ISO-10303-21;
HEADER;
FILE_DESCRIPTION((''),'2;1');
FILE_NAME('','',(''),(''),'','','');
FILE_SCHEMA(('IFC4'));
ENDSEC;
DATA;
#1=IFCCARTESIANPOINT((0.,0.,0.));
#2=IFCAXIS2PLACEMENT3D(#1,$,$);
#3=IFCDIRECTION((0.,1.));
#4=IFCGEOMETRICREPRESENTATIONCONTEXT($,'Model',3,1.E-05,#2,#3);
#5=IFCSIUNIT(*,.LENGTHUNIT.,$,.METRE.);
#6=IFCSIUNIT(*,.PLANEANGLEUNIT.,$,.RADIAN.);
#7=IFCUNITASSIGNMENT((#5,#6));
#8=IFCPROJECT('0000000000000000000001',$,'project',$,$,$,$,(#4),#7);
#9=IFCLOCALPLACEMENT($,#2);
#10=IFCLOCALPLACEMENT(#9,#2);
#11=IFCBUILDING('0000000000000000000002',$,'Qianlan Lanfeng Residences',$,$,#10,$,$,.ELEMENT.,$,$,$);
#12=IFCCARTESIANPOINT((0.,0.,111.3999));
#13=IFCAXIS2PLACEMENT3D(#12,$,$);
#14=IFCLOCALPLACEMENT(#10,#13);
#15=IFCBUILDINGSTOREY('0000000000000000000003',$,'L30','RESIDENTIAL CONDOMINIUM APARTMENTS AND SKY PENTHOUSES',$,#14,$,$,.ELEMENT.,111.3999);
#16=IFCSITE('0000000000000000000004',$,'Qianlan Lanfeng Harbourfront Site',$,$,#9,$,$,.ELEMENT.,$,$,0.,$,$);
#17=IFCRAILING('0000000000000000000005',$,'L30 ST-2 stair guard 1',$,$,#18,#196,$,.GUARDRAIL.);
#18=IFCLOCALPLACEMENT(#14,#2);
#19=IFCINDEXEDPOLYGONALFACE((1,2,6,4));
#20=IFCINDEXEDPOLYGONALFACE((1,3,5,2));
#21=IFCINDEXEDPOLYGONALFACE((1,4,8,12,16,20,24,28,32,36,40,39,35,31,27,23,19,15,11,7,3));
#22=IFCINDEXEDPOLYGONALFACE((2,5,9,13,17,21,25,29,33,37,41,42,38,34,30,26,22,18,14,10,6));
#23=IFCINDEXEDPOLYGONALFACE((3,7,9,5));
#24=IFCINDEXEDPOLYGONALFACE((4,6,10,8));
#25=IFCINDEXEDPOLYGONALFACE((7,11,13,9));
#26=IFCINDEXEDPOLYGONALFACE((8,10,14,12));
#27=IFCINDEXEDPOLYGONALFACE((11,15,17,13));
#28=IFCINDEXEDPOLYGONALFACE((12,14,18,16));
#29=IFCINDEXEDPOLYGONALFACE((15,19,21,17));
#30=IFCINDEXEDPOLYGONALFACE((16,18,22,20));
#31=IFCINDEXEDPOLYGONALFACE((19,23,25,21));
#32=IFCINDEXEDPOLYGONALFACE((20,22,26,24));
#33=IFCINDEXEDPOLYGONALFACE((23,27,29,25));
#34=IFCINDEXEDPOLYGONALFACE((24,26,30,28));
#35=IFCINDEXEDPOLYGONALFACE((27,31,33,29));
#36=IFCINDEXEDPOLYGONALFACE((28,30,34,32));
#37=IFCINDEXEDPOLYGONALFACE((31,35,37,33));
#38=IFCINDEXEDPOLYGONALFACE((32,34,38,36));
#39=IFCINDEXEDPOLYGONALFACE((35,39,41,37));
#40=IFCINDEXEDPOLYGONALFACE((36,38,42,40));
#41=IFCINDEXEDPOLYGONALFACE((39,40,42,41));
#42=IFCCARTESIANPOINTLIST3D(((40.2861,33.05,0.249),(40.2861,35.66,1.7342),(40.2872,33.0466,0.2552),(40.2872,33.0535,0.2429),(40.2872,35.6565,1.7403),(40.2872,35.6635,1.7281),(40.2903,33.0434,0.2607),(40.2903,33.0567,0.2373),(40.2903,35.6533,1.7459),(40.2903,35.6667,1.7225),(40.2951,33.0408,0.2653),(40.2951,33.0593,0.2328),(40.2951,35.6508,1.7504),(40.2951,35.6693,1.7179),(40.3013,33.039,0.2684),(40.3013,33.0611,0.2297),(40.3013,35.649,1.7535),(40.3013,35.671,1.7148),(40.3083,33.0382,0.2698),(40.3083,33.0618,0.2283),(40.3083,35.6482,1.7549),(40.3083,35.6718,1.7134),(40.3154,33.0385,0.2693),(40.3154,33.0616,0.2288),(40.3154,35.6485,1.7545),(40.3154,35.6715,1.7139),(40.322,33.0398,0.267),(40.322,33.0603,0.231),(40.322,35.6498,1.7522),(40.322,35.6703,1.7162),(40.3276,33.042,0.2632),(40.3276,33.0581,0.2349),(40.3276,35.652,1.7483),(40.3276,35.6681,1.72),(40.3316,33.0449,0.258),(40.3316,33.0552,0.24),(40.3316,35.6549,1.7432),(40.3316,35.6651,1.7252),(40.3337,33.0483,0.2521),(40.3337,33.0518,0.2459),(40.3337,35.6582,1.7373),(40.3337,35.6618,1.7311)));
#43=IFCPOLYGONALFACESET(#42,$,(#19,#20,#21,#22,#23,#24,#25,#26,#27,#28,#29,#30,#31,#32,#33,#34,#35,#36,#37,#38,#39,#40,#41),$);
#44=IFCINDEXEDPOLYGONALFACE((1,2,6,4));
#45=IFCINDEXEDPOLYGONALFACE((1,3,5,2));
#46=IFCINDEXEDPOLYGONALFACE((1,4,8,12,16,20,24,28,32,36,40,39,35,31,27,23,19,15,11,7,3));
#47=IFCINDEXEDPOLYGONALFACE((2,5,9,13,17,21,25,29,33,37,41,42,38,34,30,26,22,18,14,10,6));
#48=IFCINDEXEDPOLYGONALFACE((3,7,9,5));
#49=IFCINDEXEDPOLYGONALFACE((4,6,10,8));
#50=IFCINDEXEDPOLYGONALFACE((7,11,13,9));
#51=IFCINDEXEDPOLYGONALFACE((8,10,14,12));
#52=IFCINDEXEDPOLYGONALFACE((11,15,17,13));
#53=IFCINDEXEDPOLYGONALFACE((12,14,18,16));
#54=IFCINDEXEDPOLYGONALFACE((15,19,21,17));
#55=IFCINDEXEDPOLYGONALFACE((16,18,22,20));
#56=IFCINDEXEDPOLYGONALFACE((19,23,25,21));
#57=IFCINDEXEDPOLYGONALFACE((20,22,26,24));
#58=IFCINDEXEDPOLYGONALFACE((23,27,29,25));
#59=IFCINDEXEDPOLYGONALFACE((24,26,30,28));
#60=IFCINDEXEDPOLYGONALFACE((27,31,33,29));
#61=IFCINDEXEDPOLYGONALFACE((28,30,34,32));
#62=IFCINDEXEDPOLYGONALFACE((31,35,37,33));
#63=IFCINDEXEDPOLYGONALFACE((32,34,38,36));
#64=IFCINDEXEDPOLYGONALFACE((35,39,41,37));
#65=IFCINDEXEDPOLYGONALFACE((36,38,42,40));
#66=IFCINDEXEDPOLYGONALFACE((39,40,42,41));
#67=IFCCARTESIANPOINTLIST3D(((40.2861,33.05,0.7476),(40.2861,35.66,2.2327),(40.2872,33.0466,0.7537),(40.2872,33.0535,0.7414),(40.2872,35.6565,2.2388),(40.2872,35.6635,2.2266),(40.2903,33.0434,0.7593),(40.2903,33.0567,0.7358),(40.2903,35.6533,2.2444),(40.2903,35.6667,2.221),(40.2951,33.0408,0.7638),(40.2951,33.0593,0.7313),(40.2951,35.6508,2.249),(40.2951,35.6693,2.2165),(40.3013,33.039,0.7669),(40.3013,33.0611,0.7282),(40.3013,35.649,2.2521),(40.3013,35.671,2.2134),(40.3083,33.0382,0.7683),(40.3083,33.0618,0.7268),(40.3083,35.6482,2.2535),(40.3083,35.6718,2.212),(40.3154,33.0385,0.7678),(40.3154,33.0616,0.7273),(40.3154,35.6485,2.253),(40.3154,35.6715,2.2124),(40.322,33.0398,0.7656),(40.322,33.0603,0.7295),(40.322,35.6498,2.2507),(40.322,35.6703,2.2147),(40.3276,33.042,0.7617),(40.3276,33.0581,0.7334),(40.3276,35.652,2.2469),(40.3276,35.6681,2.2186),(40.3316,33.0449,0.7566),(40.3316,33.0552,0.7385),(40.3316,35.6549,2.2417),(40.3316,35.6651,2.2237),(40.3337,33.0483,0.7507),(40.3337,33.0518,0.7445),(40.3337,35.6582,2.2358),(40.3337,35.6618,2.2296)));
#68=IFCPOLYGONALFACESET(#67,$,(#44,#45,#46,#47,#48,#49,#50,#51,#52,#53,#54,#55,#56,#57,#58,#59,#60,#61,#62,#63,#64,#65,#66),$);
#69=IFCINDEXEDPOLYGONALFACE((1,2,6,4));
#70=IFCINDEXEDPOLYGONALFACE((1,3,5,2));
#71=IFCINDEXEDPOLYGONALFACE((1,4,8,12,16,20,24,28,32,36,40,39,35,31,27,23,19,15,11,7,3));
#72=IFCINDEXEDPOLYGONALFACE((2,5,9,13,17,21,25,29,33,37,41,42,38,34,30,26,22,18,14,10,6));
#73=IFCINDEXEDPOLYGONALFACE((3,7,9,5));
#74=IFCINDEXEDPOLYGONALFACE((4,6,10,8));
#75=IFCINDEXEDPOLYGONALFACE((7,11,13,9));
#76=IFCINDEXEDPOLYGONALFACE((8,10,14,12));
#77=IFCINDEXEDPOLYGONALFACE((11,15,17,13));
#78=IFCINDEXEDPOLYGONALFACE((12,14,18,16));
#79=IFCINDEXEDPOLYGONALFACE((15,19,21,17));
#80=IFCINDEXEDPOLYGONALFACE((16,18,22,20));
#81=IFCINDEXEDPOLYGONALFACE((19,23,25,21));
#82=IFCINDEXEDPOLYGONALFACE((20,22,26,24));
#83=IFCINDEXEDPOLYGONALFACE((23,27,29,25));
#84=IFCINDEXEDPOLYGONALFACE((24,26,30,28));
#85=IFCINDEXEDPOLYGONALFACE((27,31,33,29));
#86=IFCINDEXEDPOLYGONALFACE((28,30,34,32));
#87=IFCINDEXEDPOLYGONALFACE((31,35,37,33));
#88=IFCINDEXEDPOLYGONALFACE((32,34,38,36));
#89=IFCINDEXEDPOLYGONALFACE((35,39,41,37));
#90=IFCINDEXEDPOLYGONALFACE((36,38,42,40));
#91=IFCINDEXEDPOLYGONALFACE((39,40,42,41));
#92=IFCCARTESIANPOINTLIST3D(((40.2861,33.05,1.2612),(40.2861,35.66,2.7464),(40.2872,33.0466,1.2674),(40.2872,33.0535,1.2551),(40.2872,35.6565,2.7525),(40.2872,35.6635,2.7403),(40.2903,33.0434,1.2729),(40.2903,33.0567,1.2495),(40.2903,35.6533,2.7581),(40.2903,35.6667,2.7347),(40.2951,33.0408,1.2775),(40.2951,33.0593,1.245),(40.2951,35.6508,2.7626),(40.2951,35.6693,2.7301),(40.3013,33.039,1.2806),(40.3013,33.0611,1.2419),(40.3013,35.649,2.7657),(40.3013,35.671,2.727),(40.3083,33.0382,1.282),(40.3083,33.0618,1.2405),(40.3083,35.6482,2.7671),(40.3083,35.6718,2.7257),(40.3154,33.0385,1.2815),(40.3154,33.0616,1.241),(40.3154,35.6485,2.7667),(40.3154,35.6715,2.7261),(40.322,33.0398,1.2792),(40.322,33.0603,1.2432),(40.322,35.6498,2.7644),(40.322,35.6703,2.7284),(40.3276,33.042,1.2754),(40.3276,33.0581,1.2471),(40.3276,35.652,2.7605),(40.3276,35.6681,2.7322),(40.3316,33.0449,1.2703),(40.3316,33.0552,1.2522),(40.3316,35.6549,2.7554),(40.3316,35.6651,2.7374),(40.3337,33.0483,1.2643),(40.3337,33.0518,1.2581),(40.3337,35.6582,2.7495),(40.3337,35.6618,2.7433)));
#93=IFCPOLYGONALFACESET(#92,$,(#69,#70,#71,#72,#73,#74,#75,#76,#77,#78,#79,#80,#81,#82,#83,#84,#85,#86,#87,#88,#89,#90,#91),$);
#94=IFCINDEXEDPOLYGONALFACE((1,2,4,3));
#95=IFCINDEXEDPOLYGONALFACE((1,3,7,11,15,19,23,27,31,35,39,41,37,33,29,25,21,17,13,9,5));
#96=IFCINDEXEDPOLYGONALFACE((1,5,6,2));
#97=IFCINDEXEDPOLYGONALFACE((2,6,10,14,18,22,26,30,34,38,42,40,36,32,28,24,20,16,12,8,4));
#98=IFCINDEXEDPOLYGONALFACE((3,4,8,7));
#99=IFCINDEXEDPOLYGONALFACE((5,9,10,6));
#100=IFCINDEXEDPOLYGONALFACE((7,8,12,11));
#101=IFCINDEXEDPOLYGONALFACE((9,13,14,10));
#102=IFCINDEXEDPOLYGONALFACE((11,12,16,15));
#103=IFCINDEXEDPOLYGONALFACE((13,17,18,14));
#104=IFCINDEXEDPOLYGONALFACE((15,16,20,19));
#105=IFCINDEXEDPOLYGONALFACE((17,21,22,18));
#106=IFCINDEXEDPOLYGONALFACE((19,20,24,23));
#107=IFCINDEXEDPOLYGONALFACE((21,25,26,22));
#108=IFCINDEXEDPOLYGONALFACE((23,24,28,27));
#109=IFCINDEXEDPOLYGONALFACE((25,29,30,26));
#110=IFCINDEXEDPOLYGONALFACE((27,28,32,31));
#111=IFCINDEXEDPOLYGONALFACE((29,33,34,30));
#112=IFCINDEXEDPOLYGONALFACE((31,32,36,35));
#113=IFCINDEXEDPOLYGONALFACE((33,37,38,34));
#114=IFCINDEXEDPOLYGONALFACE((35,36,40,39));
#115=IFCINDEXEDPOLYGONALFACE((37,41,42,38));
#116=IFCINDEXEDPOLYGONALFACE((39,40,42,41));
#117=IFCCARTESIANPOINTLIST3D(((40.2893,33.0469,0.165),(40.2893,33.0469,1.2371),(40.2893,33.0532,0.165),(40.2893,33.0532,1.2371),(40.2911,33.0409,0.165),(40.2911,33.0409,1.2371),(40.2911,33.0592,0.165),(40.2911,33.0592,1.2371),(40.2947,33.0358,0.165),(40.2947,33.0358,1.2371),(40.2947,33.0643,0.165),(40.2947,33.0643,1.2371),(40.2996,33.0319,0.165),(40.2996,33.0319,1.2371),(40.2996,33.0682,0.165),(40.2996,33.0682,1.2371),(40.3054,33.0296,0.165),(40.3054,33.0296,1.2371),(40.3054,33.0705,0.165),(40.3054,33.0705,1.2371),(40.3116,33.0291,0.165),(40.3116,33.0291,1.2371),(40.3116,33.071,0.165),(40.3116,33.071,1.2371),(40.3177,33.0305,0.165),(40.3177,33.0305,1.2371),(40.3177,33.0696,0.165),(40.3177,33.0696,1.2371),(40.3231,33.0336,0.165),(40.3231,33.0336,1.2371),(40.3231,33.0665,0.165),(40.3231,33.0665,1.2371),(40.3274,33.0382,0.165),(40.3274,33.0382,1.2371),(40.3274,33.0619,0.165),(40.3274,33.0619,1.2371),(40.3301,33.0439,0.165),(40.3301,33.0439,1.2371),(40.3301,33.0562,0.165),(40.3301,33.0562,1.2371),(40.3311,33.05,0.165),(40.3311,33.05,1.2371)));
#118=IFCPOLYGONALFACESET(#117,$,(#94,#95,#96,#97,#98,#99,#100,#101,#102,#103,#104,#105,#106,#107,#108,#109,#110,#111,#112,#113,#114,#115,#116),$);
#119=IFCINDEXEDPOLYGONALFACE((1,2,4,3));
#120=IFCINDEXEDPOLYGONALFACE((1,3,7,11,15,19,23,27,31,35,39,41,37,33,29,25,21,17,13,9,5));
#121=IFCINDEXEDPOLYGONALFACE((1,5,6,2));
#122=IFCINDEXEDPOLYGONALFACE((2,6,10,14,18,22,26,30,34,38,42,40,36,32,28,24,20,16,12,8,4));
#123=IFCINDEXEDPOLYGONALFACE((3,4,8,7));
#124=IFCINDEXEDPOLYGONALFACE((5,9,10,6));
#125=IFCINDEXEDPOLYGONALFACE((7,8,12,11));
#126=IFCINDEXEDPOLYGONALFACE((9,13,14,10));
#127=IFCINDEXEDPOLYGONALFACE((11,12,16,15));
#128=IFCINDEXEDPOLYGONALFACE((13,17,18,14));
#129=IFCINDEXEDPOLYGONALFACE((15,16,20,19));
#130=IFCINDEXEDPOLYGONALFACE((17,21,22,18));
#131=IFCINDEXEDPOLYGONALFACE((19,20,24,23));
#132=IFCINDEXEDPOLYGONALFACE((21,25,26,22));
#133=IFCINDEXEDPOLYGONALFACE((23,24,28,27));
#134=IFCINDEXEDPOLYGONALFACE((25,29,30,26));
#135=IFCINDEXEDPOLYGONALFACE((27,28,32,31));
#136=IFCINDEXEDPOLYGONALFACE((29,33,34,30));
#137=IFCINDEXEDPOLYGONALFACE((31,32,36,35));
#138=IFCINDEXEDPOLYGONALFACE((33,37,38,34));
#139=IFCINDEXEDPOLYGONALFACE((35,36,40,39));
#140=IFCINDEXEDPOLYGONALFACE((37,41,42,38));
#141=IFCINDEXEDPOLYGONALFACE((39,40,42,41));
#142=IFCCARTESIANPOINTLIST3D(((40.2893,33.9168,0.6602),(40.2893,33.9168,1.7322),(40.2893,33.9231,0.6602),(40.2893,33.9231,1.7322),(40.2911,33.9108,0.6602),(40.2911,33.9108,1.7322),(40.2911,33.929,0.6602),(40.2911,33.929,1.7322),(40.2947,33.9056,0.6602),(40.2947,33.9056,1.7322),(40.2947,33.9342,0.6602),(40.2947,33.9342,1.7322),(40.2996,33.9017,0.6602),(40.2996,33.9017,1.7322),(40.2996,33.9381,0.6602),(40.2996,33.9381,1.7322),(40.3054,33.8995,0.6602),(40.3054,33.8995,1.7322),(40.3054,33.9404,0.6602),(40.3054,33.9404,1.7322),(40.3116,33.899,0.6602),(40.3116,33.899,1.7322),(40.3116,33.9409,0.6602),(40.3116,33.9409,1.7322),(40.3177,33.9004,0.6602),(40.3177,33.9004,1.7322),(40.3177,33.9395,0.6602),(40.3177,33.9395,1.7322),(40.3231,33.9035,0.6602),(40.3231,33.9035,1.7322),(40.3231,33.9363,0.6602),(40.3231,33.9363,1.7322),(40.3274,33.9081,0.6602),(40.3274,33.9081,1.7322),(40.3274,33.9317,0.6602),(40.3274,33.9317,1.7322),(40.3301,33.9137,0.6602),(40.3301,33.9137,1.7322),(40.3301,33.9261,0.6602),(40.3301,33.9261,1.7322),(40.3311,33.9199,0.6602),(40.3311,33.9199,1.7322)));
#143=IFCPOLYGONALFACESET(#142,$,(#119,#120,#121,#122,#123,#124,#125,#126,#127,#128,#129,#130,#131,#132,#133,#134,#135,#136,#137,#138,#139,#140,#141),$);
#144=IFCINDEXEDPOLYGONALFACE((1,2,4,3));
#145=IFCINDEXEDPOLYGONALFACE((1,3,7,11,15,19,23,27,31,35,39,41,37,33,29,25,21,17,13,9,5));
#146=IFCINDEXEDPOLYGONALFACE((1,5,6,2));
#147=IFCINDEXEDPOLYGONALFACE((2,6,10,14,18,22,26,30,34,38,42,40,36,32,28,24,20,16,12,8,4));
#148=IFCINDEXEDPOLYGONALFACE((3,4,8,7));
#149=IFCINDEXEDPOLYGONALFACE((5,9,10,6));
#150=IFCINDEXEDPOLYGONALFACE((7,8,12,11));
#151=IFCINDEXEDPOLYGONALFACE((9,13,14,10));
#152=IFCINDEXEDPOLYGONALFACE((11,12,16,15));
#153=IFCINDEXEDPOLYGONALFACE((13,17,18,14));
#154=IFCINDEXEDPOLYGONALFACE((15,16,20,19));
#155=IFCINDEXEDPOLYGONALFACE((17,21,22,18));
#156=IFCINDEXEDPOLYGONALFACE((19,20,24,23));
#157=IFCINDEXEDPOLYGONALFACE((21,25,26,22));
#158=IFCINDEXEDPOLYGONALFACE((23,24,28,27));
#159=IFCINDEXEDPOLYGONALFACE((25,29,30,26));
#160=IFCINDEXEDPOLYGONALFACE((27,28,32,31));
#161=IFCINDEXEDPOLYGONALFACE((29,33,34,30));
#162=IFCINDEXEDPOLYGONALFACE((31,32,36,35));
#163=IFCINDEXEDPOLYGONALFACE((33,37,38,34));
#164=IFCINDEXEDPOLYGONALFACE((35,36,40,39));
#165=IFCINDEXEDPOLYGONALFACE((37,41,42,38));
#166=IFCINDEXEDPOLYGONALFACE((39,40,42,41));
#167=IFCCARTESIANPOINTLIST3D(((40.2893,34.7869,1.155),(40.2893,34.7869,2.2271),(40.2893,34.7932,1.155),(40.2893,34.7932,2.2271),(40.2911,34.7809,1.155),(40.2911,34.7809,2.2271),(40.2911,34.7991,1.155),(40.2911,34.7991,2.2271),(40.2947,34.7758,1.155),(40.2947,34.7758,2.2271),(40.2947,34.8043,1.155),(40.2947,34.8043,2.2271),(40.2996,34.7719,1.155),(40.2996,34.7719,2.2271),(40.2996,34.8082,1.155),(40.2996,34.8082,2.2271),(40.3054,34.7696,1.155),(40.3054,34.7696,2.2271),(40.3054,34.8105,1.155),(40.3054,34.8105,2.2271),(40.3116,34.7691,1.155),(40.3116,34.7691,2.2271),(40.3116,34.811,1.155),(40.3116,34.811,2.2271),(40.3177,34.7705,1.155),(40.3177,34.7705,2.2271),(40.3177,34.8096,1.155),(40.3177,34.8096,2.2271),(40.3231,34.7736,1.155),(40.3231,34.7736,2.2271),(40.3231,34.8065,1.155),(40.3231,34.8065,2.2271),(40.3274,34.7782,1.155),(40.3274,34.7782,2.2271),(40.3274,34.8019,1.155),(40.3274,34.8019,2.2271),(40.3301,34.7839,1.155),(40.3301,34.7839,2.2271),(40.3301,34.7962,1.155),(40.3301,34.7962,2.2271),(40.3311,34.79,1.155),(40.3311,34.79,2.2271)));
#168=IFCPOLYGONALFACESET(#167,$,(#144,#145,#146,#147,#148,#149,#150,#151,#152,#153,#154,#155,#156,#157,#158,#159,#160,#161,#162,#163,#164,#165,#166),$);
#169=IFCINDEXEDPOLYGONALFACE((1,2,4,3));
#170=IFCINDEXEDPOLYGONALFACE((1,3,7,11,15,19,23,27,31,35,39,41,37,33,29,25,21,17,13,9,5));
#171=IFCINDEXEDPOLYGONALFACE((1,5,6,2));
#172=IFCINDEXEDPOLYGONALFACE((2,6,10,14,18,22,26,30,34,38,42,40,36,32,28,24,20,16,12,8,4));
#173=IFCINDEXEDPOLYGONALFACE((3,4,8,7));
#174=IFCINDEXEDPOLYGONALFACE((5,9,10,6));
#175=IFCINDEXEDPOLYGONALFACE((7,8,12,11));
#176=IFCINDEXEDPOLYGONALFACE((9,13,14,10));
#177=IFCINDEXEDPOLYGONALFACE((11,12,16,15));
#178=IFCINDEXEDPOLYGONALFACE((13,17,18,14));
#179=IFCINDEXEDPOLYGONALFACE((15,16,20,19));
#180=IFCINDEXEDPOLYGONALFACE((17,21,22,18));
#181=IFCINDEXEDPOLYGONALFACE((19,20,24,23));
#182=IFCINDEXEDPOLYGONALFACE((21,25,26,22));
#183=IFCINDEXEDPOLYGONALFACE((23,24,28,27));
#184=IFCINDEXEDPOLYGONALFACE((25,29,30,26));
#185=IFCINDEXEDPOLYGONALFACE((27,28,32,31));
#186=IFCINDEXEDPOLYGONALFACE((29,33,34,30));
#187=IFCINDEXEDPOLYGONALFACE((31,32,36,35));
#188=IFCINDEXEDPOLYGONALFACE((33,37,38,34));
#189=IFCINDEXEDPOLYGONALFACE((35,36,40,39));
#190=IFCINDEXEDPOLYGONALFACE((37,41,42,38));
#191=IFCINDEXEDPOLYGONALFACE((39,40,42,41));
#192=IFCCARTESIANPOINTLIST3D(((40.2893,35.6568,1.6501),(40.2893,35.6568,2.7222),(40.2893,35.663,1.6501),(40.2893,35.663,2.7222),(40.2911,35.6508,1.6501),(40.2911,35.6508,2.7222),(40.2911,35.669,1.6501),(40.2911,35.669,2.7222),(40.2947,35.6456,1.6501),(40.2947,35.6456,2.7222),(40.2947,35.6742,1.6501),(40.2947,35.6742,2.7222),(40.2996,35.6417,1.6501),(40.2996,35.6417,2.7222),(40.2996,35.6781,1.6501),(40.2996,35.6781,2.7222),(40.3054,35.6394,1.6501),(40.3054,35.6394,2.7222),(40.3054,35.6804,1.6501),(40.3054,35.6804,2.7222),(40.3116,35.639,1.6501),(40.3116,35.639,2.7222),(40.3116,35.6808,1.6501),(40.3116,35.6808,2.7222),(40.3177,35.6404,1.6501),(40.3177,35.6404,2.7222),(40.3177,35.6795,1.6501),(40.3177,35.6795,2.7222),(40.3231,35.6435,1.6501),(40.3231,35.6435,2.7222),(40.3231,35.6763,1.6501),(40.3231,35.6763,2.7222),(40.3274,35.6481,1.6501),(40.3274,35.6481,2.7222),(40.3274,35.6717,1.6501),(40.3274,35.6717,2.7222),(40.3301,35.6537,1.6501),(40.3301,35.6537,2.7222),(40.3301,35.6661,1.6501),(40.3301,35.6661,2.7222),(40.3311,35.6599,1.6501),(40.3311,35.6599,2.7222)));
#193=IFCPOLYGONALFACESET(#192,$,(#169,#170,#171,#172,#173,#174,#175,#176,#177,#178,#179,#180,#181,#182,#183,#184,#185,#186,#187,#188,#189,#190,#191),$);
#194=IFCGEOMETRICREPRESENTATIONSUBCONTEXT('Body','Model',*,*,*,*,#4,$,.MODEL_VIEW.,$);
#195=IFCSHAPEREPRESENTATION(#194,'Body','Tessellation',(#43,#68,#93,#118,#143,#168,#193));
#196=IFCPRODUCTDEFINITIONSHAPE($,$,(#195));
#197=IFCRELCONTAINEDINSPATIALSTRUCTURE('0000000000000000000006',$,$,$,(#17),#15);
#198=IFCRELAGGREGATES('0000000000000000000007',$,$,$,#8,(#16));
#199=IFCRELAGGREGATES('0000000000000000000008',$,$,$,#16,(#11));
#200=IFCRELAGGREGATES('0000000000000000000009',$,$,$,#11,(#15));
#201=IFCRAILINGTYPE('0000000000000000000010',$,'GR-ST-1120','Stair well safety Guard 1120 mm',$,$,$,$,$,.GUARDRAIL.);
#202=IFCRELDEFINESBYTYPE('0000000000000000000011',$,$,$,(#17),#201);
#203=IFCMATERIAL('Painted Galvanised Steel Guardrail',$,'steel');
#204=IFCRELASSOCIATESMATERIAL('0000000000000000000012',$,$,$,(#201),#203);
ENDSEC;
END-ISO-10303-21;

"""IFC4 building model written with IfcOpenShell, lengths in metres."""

from ifc_helpers import new_model, si_unit, direction, frame, origin, origin_2d, place, context, subcontext, project, spatial, circle, extrude, material, type_object, element, save


model = new_model("IFC4")

# Units and contexts
model_context = context("Model", 3, precision=1e-05, world=origin(), true_north=direction((0.0, 1.0)))
body_context = subcontext(model_context, "Body", "Model", "MODEL_VIEW")
ifc_project = project(units=[si_unit("LENGTHUNIT", "METRE"), si_unit("PLANEANGLEUNIT", "RADIAN")], contexts=[model_context])

# Site, building, storey
site_placement = place(None, origin())
site = spatial("IfcSite", under=ifc_project, at=site_placement, Name="Qianlan Lanfeng Harbourfront Site", CompositionType="ELEMENT", RefElevation=0.0)
building_placement = place(site_placement, origin())
building = spatial("IfcBuilding", under=site, at=building_placement, Name="Qianlan Lanfeng Residences", CompositionType="ELEMENT")
storey_placement = place(building_placement, frame((0.0, 0.0, 111.3999)))
storey = spatial("IfcBuildingStorey", under=building, at=storey_placement, Name="L30", Description="RESIDENTIAL CONDOMINIUM APARTMENTS AND SKY PENTHOUSES", CompositionType="ELEMENT", Elevation=111.3999)

# Railing
ifc_material_1 = material(Name="Painted Galvanised Steel Guardrail", Category="steel")
railing_type_1 = type_object("IfcRailingType", Name="GR-ST-1120", Description="Stair well safety Guard 1120 mm", PredefinedType="GUARDRAIL", material=ifc_material_1)
railing_1_placement = place(storey_placement, frame((40.3101, 33.05, 0.165)))
element("IfcRailing", 1, at=railing_1_placement, inside=storey, type_object=railing_type_1, Name="L30 ST-2 stair guard 1", PredefinedType="GUARDRAIL", context=body_context, shape_type="SweptSolid", body=[
    extrude(circle(Radius=0.0239, at=origin_2d()), frame((0.0, 0.0, 0.084), z_axis=(0.0, 0.869137, 0.494571), x_axis=(-1.0, 0.0, 0.0)), (0.0, 0.0, 1.0), 3.0029),
    extrude(circle(Radius=0.0239, at=origin_2d()), frame((0.0, 0.0, 0.5825), z_axis=(0.0, 0.869137, 0.494571), x_axis=(-1.0, 0.0, 0.0)), (0.0, 0.0, 1.0), 3.0029),
    extrude(circle(Radius=0.0239, at=origin_2d()), frame((0.0, 0.0, 1.0962), z_axis=(0.0, 0.869137, 0.494571), x_axis=(-1.0, 0.0, 0.0)), (0.0, 0.0, 1.0), 3.0029),
    extrude(circle(Radius=0.021, at=origin_2d()), origin(), (0.0, 0.0, 1.0), 1.072),
    extrude(circle(Radius=0.021, at=origin_2d()), frame((0.0, 0.8699, 0.4951)), (0.0, 0.0, 1.0), 1.072),
    extrude(circle(Radius=0.021, at=origin_2d()), frame((0.0, 1.74, 0.99)), (0.0, 0.0, 1.0), 1.072),
    extrude(circle(Radius=0.021, at=origin_2d()), frame((0.0, 2.6099, 1.4851)), (0.0, 0.0, 1.0), 1.072),
])

save(model, "model.ifc")
